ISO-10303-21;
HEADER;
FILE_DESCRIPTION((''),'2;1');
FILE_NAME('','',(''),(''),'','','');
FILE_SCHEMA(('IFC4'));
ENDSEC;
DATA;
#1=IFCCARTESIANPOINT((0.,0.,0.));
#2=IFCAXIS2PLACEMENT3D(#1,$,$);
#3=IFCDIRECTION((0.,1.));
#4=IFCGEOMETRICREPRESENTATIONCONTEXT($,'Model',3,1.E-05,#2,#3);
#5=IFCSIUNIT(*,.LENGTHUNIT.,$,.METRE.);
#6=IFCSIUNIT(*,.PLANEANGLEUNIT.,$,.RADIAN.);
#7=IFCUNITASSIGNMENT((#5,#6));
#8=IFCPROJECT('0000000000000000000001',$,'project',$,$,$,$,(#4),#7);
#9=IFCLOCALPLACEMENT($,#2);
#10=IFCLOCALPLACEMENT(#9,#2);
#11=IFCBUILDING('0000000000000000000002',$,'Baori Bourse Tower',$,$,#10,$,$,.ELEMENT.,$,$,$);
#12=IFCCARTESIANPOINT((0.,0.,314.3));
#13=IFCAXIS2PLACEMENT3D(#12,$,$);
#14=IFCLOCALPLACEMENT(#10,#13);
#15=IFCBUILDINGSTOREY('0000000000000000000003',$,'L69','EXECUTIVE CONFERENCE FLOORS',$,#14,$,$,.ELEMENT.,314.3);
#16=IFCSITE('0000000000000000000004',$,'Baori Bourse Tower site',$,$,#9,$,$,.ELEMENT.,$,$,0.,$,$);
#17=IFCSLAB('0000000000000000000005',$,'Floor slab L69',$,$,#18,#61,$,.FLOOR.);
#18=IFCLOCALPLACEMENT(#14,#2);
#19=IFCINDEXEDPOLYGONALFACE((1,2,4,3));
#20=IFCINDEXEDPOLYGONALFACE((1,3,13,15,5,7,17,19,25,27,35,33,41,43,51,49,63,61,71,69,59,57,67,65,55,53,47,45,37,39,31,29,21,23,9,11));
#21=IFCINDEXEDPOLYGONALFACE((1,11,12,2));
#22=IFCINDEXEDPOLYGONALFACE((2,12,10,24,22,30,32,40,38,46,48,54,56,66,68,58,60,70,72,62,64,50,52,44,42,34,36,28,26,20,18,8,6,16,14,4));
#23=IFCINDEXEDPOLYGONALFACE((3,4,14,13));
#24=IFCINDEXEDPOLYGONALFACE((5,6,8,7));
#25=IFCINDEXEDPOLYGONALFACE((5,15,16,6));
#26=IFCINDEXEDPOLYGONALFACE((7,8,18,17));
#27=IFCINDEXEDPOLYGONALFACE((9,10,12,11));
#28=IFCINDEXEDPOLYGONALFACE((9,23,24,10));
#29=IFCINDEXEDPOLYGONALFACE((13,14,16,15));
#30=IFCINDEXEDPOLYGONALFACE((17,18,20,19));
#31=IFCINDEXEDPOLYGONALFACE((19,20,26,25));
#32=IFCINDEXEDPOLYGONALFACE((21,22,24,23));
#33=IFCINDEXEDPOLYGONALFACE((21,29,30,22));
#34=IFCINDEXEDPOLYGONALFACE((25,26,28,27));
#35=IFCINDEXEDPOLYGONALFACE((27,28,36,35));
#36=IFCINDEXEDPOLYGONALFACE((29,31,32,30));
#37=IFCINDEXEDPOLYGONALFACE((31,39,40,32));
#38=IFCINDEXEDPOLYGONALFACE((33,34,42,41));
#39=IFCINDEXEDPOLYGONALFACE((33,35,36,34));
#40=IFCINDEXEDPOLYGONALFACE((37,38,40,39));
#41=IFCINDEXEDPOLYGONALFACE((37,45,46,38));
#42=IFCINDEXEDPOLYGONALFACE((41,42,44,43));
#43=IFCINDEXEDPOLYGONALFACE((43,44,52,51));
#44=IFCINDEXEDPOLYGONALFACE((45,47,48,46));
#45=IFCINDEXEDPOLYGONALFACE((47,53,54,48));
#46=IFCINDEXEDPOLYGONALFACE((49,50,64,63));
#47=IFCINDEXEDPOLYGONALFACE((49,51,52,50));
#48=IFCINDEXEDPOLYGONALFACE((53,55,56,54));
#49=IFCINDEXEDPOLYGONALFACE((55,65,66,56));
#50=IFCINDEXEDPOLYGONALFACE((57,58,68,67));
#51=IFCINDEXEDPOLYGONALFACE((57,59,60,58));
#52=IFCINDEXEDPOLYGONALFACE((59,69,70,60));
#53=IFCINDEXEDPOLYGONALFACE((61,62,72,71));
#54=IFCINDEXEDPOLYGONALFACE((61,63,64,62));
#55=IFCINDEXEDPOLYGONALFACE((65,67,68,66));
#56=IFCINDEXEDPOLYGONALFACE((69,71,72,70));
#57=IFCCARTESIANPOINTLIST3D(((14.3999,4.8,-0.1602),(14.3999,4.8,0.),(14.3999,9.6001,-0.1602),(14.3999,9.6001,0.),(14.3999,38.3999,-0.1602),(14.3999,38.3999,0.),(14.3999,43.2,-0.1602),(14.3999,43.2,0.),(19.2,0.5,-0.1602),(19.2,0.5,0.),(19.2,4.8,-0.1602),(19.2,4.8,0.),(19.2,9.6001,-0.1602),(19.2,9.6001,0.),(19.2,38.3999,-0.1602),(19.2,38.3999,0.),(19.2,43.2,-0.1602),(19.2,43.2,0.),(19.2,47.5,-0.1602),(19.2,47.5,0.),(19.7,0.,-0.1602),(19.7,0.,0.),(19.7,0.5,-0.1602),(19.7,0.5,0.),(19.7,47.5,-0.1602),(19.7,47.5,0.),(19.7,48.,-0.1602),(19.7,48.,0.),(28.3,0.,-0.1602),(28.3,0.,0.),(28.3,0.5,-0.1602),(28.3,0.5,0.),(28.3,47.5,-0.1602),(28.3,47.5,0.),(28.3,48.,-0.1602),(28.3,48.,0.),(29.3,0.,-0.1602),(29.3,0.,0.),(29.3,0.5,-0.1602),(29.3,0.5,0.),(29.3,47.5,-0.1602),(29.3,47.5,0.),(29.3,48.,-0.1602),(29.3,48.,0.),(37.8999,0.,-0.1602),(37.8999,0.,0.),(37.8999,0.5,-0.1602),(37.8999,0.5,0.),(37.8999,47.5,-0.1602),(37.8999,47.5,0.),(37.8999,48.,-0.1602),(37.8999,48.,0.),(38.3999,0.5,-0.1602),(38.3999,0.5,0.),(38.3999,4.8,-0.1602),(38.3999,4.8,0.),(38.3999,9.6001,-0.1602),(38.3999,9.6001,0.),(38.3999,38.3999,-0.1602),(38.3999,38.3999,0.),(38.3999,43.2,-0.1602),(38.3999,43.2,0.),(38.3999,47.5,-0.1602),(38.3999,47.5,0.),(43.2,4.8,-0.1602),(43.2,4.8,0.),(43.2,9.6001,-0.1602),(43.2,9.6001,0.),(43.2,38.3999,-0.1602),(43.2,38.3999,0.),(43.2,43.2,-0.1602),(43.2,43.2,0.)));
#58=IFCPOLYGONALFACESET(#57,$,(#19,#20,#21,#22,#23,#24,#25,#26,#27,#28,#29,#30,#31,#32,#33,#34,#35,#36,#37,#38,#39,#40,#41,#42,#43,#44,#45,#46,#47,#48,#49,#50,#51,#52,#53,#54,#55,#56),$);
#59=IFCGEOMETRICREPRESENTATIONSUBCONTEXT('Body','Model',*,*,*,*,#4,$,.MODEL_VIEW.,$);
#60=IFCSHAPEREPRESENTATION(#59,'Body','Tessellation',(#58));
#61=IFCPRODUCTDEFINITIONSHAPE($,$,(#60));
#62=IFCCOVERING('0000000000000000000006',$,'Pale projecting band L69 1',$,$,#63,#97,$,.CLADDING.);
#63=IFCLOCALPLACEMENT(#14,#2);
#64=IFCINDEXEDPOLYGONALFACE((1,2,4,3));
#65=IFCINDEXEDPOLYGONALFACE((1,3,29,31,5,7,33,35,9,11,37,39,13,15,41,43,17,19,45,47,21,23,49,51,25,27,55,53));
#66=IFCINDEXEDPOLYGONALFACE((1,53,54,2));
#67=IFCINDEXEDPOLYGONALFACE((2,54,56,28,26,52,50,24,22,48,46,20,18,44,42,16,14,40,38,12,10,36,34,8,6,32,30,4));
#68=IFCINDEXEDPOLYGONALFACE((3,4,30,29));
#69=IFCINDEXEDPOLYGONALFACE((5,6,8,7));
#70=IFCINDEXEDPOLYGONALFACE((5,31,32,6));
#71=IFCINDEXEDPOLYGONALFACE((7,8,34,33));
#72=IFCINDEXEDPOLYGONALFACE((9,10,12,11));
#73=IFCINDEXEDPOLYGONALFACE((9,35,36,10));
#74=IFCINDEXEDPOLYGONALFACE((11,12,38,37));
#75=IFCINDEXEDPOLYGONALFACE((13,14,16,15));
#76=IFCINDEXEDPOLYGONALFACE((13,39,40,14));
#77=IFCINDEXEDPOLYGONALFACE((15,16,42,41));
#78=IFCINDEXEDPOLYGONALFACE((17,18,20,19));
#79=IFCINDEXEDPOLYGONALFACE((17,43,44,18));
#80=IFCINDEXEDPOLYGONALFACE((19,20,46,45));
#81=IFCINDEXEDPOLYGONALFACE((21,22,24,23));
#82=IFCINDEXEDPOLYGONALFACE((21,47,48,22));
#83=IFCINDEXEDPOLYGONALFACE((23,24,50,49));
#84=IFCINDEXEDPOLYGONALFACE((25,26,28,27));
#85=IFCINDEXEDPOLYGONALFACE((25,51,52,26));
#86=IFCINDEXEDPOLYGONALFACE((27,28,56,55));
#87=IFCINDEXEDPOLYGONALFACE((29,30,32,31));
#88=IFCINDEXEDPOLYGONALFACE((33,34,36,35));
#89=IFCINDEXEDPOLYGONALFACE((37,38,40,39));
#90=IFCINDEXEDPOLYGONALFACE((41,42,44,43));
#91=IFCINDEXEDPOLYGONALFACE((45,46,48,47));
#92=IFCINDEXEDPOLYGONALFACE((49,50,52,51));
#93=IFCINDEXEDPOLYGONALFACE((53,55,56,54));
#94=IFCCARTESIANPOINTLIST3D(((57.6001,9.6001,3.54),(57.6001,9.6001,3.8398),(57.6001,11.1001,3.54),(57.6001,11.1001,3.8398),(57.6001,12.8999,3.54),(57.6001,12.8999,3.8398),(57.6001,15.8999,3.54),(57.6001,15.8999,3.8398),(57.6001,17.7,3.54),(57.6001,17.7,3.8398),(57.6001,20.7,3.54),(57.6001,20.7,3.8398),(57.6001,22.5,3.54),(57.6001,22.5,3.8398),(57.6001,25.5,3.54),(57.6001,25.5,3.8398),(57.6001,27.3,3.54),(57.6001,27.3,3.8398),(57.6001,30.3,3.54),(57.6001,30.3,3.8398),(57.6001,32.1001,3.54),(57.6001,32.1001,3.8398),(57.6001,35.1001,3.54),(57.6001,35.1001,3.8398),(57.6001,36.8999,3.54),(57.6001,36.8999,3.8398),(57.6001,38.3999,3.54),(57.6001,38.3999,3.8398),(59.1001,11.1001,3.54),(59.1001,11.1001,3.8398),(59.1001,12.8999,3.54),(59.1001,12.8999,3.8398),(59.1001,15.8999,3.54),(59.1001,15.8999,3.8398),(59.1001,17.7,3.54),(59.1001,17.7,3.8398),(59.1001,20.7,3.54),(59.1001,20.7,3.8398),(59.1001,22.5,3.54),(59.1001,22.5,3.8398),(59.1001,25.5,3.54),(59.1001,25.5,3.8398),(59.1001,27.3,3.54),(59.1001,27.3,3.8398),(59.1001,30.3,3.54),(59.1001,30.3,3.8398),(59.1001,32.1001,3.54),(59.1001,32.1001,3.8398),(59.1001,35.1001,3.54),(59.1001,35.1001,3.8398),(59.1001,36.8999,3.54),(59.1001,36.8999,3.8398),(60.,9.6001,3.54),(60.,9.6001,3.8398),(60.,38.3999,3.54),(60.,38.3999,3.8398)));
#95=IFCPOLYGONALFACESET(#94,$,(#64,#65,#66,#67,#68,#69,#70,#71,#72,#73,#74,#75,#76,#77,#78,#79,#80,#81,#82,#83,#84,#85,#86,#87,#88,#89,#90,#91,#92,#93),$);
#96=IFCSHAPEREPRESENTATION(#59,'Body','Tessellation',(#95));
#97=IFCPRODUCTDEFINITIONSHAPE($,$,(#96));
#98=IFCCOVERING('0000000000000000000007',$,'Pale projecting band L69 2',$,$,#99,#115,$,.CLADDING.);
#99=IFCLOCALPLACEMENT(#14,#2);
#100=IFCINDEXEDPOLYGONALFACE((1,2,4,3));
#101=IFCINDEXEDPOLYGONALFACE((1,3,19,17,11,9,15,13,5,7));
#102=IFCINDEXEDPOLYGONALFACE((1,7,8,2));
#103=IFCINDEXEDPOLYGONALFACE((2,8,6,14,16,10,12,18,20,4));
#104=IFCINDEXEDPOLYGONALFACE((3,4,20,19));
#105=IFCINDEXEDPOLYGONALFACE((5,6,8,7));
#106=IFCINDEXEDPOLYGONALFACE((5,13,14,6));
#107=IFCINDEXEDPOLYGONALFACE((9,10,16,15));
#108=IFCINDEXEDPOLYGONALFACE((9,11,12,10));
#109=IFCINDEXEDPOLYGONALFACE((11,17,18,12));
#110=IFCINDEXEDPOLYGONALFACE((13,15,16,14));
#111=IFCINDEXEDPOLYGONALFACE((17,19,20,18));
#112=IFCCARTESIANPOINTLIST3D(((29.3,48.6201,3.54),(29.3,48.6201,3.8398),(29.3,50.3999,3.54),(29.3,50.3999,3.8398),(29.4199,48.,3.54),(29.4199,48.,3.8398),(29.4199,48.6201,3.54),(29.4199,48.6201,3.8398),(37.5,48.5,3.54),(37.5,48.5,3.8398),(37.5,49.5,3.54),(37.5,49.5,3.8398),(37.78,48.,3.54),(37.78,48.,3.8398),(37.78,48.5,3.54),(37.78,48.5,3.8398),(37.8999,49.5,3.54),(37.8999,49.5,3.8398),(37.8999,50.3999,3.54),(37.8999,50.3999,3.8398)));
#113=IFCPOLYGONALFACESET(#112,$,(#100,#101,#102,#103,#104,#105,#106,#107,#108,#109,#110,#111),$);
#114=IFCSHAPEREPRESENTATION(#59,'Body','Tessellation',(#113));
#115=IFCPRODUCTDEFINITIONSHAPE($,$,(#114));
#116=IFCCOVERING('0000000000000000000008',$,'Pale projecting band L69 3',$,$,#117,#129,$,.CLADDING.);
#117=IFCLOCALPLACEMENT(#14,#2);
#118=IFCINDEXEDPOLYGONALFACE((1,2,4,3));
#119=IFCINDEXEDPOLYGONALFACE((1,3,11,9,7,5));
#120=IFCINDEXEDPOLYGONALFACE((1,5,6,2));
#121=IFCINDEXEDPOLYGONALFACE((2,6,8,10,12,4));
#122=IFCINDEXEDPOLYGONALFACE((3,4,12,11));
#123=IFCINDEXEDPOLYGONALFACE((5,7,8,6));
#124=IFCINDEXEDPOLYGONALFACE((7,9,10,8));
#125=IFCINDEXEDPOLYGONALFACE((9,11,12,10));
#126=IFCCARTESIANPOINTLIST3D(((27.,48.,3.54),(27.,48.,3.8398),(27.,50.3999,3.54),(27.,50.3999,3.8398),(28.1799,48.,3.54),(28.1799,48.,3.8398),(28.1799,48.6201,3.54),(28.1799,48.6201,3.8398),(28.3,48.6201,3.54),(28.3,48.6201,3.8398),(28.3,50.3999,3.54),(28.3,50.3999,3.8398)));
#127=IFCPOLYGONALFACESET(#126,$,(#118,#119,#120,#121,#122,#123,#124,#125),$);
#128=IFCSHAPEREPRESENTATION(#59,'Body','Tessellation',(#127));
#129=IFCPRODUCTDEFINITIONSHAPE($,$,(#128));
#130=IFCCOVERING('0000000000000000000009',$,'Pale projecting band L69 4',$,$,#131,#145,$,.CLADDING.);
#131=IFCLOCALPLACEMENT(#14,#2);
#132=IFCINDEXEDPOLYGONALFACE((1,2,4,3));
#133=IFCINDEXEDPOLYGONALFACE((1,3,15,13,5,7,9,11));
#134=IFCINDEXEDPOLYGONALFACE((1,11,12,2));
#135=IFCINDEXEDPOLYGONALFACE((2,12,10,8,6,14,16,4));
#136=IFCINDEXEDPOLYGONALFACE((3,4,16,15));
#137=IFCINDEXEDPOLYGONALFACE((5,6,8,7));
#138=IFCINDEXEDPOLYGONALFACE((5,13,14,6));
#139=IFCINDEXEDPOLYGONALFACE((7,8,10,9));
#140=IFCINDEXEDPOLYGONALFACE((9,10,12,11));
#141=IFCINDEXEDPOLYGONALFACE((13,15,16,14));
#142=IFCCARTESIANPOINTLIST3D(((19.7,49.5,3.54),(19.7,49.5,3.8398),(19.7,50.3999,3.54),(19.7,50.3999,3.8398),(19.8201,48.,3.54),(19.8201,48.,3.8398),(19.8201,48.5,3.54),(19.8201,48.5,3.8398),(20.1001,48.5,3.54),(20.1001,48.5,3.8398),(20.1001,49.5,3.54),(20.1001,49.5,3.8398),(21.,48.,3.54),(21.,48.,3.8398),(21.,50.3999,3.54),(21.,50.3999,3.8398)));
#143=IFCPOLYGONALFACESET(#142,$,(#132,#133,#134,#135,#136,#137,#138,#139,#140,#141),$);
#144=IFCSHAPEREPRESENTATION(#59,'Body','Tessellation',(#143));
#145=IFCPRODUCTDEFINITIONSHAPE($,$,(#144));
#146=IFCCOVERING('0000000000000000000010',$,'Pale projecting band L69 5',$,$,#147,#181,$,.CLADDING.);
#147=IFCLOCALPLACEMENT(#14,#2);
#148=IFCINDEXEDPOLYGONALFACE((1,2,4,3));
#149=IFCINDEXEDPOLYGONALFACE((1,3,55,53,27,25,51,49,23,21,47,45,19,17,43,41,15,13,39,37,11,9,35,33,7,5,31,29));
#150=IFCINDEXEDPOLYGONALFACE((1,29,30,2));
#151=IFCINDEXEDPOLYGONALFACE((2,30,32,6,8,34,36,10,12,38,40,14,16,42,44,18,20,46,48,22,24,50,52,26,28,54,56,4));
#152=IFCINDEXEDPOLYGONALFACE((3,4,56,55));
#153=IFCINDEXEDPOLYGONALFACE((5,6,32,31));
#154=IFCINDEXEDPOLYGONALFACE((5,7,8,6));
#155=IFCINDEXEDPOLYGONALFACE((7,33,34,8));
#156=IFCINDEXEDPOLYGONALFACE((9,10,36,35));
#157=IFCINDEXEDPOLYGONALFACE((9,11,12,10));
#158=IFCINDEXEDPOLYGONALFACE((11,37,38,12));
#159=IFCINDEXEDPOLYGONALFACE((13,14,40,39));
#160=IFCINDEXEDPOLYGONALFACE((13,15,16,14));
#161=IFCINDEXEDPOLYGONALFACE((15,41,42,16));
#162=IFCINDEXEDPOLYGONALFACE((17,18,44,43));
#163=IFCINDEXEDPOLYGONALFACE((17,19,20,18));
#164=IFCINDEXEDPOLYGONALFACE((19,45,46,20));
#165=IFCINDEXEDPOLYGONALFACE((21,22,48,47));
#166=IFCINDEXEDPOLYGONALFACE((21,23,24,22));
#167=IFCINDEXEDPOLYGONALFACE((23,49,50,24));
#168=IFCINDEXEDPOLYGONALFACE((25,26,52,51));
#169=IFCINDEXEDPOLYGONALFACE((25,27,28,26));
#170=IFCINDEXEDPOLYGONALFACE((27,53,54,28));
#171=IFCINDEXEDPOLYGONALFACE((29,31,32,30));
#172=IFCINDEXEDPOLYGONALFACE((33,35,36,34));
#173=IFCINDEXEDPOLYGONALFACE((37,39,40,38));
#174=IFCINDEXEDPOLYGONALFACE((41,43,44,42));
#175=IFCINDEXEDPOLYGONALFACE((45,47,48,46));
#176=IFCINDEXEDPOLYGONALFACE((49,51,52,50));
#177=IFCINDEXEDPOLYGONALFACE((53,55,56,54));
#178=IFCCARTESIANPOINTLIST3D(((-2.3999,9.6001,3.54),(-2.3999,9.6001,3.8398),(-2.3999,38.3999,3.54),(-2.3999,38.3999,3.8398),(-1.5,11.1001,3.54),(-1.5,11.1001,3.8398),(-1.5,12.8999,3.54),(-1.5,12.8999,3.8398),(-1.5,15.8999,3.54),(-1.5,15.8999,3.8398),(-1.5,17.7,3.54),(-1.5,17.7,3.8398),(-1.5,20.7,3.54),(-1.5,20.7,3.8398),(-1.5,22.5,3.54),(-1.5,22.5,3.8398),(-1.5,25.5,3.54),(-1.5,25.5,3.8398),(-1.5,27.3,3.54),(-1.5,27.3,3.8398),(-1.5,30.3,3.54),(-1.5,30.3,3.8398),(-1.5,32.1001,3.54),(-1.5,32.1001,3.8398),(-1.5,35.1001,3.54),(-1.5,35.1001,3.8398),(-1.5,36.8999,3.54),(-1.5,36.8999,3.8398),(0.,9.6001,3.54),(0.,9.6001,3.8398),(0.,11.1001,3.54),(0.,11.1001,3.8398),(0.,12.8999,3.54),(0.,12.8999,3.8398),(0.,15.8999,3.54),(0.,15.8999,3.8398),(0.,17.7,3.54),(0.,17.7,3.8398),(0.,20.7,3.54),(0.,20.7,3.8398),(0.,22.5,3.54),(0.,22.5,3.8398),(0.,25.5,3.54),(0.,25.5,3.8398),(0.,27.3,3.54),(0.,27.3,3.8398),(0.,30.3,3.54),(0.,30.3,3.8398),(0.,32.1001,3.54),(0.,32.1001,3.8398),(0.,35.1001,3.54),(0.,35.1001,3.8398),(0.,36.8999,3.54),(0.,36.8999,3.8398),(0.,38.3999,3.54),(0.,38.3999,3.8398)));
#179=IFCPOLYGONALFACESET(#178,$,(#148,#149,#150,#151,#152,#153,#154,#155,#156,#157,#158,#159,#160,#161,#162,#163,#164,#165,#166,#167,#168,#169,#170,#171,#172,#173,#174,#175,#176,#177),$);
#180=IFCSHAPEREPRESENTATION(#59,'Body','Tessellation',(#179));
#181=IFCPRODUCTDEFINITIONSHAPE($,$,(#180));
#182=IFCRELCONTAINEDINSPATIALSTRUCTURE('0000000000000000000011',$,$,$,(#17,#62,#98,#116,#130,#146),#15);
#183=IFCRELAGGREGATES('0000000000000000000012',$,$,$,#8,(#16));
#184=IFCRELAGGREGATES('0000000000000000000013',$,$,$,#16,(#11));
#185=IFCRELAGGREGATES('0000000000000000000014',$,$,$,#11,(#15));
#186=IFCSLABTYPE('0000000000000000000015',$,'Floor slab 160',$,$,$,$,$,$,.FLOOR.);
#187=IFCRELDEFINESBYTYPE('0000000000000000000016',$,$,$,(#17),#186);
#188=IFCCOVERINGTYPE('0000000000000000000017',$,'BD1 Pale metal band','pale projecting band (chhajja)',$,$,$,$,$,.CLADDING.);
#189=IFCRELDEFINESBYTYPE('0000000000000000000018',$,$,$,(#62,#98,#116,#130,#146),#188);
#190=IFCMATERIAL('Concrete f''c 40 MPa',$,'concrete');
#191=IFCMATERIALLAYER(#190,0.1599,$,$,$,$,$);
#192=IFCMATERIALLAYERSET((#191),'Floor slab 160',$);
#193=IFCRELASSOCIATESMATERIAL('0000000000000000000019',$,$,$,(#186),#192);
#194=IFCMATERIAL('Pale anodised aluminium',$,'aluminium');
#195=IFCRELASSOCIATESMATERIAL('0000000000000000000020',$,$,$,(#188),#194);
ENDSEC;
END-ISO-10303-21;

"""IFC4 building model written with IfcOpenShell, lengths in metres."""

from ifc_helpers import new_model, si_unit, direction, frame, origin, place, context, subcontext, project, spatial, polyline, outline, extrude, material, layer, layer_set, type_object, element, save


model = new_model("IFC4")

# Units and contexts
model_context = context("Model", 3, precision=1e-05, world=origin(), true_north=direction((0.0, 1.0)))
body_context = subcontext(model_context, "Body", "Model", "MODEL_VIEW")
ifc_project = project(units=[si_unit("LENGTHUNIT", "METRE"), si_unit("PLANEANGLEUNIT", "RADIAN")], contexts=[model_context])

# Site, building, storey
site_placement = place(None, origin())
site = spatial("IfcSite", under=ifc_project, at=site_placement, Name="Baori Bourse Tower site", CompositionType="ELEMENT", RefElevation=0.0)
building_placement = place(site_placement, origin())
building = spatial("IfcBuilding", under=site, at=building_placement, Name="Baori Bourse Tower", CompositionType="ELEMENT")
storey_placement = place(building_placement, frame((0.0, 0.0, 314.3)))
storey = spatial("IfcBuildingStorey", under=building, at=storey_placement, Name="L69", Description="EXECUTIVE CONFERENCE FLOORS", CompositionType="ELEMENT", Elevation=314.3)

# Slab
ifc_material_1 = material(Name="Concrete f'c 40 MPa", Category="concrete")
ifc_layer_1 = layer(ifc_material_1, 0.1599)
ifc_layer_set_1 = layer_set([ifc_layer_1], Name="Floor slab 160")
slab_type_1 = type_object("IfcSlabType", Name="Floor slab 160", PredefinedType="FLOOR", material=ifc_layer_set_1)
slab_1_placement = place(storey_placement, frame((0.0, 0.0, -0.1602)))
element("IfcSlab", 1, at=slab_1_placement, inside=storey, type_object=slab_type_1, Name="Floor slab L69", PredefinedType="FLOOR", context=body_context, shape_type="SweptSolid", body=[
    extrude(outline(polyline([(19.2, 4.8), (14.3999, 4.8), (14.3999, 9.6001), (19.2, 9.6001), (19.2, 38.3999), (14.3999, 38.3999), (14.3999, 43.2), (19.2, 43.2), (19.2, 47.5), (19.7, 47.5), (19.7, 48.0), (28.3, 48.0), (28.3, 47.5), (29.3, 47.5), (29.3, 48.0), (37.8999, 48.0), (37.8999, 47.5), (38.3999, 47.5), (38.3999, 43.2), (43.2, 43.2), (43.2, 38.3999), (38.3999, 38.3999), (38.3999, 9.6001), (43.2, 9.6001), (43.2, 4.8), (38.3999, 4.8), (38.3999, 0.5), (37.8999, 0.5), (37.8999, 0.0), (29.3, 0.0), (29.3, 0.5), (28.3, 0.5), (28.3, 0.0), (19.7, 0.0), (19.7, 0.5), (19.2, 0.5), (19.2, 4.8)])), origin(), (0.0, 0.0, 1.0), 0.1602),
])

# Coverings
ifc_material_2 = material(Name="Pale anodised aluminium", Category="aluminium")
covering_type_1 = type_object("IfcCoveringType", Name="BD1 Pale metal band", Description="pale projecting band (chhajja)", PredefinedType="CLADDING", material=ifc_material_2)
covering_1_placement = place(storey_placement, frame((0.0, 0.0, 3.54)))
element("IfcCovering", 2, at=covering_1_placement, inside=storey, type_object=covering_type_1, Name="Pale projecting band L69 1", PredefinedType="CLADDING", context=body_context, shape_type="SweptSolid", body=[
    extrude(outline(polyline([(57.6001, 11.1001), (57.6001, 9.6001), (60.0, 9.6001), (60.0, 38.3999), (57.6001, 38.3999), (57.6001, 36.8999), (59.1001, 36.8999), (59.1001, 35.1001), (57.6001, 35.1001), (57.6001, 32.1001), (59.1001, 32.1001), (59.1001, 30.3), (57.6001, 30.3), (57.6001, 27.3), (59.1001, 27.3), (59.1001, 25.5), (57.6001, 25.5), (57.6001, 22.5), (59.1001, 22.5), (59.1001, 20.7), (57.6001, 20.7), (57.6001, 17.7), (59.1001, 17.7), (59.1001, 15.8999), (57.6001, 15.8999), (57.6001, 12.8999), (59.1001, 12.8999), (59.1001, 11.1001), (57.6001, 11.1001)])), origin(), (0.0, 0.0, 1.0), 0.2998),
])
covering_2_placement = place(storey_placement, frame((0.0, 0.0, 3.54)))
element("IfcCovering", 3, at=covering_2_placement, inside=storey, type_object=covering_type_1, Name="Pale projecting band L69 2", PredefinedType="CLADDING", context=body_context, shape_type="SweptSolid", body=[
    extrude(outline(polyline([(29.4199, 48.0), (37.78, 48.0), (37.78, 48.5), (37.5, 48.5), (37.5, 49.5), (37.8999, 49.5), (37.8999, 50.3999), (29.3, 50.3999), (29.3, 48.6201), (29.4199, 48.6201), (29.4199, 48.0)])), origin(), (0.0, 0.0, 1.0), 0.2998),
])
covering_3_placement = place(storey_placement, frame((0.0, 0.0, 3.54)))
element("IfcCovering", 4, at=covering_3_placement, inside=storey, type_object=covering_type_1, Name="Pale projecting band L69 3", PredefinedType="CLADDING", context=body_context, shape_type="SweptSolid", body=[
    extrude(outline(polyline([(27.0, 48.0), (28.1799, 48.0), (28.1799, 48.6201), (28.3, 48.6201), (28.3, 50.3999), (27.0, 50.3999), (27.0, 48.0)])), origin(), (0.0, 0.0, 1.0), 0.2998),
])
covering_4_placement = place(storey_placement, frame((0.0, 0.0, 3.54)))
element("IfcCovering", 5, at=covering_4_placement, inside=storey, type_object=covering_type_1, Name="Pale projecting band L69 4", PredefinedType="CLADDING", context=body_context, shape_type="SweptSolid", body=[
    extrude(outline(polyline([(19.8201, 48.0), (21.0, 48.0), (21.0, 50.3999), (19.7, 50.3999), (19.7, 49.5), (20.1001, 49.5), (20.1001, 48.5), (19.8201, 48.5), (19.8201, 48.0)])), origin(), (0.0, 0.0, 1.0), 0.2998),
])
covering_5_placement = place(storey_placement, frame((0.0, 0.0, 3.54)))
element("IfcCovering", 6, at=covering_5_placement, inside=storey, type_object=covering_type_1, Name="Pale projecting band L69 5", PredefinedType="CLADDING", context=body_context, shape_type="SweptSolid", body=[
    extrude(outline(polyline([(0.0, 36.8999), (0.0, 38.3999), (-2.3999, 38.3999), (-2.3999, 9.6001), (0.0, 9.6001), (0.0, 11.1001), (-1.5, 11.1001), (-1.5, 12.8999), (0.0, 12.8999), (0.0, 15.8999), (-1.5, 15.8999), (-1.5, 17.7), (0.0, 17.7), (0.0, 20.7), (-1.5, 20.7), (-1.5, 22.5), (0.0, 22.5), (0.0, 25.5), (-1.5, 25.5), (-1.5, 27.3), (0.0, 27.3), (0.0, 30.3), (-1.5, 30.3), (-1.5, 32.1001), (0.0, 32.1001), (0.0, 35.1001), (-1.5, 35.1001), (-1.5, 36.8999), (0.0, 36.8999)])), origin(), (0.0, 0.0, 1.0), 0.2998),
])

save(model, "model.ifc")
